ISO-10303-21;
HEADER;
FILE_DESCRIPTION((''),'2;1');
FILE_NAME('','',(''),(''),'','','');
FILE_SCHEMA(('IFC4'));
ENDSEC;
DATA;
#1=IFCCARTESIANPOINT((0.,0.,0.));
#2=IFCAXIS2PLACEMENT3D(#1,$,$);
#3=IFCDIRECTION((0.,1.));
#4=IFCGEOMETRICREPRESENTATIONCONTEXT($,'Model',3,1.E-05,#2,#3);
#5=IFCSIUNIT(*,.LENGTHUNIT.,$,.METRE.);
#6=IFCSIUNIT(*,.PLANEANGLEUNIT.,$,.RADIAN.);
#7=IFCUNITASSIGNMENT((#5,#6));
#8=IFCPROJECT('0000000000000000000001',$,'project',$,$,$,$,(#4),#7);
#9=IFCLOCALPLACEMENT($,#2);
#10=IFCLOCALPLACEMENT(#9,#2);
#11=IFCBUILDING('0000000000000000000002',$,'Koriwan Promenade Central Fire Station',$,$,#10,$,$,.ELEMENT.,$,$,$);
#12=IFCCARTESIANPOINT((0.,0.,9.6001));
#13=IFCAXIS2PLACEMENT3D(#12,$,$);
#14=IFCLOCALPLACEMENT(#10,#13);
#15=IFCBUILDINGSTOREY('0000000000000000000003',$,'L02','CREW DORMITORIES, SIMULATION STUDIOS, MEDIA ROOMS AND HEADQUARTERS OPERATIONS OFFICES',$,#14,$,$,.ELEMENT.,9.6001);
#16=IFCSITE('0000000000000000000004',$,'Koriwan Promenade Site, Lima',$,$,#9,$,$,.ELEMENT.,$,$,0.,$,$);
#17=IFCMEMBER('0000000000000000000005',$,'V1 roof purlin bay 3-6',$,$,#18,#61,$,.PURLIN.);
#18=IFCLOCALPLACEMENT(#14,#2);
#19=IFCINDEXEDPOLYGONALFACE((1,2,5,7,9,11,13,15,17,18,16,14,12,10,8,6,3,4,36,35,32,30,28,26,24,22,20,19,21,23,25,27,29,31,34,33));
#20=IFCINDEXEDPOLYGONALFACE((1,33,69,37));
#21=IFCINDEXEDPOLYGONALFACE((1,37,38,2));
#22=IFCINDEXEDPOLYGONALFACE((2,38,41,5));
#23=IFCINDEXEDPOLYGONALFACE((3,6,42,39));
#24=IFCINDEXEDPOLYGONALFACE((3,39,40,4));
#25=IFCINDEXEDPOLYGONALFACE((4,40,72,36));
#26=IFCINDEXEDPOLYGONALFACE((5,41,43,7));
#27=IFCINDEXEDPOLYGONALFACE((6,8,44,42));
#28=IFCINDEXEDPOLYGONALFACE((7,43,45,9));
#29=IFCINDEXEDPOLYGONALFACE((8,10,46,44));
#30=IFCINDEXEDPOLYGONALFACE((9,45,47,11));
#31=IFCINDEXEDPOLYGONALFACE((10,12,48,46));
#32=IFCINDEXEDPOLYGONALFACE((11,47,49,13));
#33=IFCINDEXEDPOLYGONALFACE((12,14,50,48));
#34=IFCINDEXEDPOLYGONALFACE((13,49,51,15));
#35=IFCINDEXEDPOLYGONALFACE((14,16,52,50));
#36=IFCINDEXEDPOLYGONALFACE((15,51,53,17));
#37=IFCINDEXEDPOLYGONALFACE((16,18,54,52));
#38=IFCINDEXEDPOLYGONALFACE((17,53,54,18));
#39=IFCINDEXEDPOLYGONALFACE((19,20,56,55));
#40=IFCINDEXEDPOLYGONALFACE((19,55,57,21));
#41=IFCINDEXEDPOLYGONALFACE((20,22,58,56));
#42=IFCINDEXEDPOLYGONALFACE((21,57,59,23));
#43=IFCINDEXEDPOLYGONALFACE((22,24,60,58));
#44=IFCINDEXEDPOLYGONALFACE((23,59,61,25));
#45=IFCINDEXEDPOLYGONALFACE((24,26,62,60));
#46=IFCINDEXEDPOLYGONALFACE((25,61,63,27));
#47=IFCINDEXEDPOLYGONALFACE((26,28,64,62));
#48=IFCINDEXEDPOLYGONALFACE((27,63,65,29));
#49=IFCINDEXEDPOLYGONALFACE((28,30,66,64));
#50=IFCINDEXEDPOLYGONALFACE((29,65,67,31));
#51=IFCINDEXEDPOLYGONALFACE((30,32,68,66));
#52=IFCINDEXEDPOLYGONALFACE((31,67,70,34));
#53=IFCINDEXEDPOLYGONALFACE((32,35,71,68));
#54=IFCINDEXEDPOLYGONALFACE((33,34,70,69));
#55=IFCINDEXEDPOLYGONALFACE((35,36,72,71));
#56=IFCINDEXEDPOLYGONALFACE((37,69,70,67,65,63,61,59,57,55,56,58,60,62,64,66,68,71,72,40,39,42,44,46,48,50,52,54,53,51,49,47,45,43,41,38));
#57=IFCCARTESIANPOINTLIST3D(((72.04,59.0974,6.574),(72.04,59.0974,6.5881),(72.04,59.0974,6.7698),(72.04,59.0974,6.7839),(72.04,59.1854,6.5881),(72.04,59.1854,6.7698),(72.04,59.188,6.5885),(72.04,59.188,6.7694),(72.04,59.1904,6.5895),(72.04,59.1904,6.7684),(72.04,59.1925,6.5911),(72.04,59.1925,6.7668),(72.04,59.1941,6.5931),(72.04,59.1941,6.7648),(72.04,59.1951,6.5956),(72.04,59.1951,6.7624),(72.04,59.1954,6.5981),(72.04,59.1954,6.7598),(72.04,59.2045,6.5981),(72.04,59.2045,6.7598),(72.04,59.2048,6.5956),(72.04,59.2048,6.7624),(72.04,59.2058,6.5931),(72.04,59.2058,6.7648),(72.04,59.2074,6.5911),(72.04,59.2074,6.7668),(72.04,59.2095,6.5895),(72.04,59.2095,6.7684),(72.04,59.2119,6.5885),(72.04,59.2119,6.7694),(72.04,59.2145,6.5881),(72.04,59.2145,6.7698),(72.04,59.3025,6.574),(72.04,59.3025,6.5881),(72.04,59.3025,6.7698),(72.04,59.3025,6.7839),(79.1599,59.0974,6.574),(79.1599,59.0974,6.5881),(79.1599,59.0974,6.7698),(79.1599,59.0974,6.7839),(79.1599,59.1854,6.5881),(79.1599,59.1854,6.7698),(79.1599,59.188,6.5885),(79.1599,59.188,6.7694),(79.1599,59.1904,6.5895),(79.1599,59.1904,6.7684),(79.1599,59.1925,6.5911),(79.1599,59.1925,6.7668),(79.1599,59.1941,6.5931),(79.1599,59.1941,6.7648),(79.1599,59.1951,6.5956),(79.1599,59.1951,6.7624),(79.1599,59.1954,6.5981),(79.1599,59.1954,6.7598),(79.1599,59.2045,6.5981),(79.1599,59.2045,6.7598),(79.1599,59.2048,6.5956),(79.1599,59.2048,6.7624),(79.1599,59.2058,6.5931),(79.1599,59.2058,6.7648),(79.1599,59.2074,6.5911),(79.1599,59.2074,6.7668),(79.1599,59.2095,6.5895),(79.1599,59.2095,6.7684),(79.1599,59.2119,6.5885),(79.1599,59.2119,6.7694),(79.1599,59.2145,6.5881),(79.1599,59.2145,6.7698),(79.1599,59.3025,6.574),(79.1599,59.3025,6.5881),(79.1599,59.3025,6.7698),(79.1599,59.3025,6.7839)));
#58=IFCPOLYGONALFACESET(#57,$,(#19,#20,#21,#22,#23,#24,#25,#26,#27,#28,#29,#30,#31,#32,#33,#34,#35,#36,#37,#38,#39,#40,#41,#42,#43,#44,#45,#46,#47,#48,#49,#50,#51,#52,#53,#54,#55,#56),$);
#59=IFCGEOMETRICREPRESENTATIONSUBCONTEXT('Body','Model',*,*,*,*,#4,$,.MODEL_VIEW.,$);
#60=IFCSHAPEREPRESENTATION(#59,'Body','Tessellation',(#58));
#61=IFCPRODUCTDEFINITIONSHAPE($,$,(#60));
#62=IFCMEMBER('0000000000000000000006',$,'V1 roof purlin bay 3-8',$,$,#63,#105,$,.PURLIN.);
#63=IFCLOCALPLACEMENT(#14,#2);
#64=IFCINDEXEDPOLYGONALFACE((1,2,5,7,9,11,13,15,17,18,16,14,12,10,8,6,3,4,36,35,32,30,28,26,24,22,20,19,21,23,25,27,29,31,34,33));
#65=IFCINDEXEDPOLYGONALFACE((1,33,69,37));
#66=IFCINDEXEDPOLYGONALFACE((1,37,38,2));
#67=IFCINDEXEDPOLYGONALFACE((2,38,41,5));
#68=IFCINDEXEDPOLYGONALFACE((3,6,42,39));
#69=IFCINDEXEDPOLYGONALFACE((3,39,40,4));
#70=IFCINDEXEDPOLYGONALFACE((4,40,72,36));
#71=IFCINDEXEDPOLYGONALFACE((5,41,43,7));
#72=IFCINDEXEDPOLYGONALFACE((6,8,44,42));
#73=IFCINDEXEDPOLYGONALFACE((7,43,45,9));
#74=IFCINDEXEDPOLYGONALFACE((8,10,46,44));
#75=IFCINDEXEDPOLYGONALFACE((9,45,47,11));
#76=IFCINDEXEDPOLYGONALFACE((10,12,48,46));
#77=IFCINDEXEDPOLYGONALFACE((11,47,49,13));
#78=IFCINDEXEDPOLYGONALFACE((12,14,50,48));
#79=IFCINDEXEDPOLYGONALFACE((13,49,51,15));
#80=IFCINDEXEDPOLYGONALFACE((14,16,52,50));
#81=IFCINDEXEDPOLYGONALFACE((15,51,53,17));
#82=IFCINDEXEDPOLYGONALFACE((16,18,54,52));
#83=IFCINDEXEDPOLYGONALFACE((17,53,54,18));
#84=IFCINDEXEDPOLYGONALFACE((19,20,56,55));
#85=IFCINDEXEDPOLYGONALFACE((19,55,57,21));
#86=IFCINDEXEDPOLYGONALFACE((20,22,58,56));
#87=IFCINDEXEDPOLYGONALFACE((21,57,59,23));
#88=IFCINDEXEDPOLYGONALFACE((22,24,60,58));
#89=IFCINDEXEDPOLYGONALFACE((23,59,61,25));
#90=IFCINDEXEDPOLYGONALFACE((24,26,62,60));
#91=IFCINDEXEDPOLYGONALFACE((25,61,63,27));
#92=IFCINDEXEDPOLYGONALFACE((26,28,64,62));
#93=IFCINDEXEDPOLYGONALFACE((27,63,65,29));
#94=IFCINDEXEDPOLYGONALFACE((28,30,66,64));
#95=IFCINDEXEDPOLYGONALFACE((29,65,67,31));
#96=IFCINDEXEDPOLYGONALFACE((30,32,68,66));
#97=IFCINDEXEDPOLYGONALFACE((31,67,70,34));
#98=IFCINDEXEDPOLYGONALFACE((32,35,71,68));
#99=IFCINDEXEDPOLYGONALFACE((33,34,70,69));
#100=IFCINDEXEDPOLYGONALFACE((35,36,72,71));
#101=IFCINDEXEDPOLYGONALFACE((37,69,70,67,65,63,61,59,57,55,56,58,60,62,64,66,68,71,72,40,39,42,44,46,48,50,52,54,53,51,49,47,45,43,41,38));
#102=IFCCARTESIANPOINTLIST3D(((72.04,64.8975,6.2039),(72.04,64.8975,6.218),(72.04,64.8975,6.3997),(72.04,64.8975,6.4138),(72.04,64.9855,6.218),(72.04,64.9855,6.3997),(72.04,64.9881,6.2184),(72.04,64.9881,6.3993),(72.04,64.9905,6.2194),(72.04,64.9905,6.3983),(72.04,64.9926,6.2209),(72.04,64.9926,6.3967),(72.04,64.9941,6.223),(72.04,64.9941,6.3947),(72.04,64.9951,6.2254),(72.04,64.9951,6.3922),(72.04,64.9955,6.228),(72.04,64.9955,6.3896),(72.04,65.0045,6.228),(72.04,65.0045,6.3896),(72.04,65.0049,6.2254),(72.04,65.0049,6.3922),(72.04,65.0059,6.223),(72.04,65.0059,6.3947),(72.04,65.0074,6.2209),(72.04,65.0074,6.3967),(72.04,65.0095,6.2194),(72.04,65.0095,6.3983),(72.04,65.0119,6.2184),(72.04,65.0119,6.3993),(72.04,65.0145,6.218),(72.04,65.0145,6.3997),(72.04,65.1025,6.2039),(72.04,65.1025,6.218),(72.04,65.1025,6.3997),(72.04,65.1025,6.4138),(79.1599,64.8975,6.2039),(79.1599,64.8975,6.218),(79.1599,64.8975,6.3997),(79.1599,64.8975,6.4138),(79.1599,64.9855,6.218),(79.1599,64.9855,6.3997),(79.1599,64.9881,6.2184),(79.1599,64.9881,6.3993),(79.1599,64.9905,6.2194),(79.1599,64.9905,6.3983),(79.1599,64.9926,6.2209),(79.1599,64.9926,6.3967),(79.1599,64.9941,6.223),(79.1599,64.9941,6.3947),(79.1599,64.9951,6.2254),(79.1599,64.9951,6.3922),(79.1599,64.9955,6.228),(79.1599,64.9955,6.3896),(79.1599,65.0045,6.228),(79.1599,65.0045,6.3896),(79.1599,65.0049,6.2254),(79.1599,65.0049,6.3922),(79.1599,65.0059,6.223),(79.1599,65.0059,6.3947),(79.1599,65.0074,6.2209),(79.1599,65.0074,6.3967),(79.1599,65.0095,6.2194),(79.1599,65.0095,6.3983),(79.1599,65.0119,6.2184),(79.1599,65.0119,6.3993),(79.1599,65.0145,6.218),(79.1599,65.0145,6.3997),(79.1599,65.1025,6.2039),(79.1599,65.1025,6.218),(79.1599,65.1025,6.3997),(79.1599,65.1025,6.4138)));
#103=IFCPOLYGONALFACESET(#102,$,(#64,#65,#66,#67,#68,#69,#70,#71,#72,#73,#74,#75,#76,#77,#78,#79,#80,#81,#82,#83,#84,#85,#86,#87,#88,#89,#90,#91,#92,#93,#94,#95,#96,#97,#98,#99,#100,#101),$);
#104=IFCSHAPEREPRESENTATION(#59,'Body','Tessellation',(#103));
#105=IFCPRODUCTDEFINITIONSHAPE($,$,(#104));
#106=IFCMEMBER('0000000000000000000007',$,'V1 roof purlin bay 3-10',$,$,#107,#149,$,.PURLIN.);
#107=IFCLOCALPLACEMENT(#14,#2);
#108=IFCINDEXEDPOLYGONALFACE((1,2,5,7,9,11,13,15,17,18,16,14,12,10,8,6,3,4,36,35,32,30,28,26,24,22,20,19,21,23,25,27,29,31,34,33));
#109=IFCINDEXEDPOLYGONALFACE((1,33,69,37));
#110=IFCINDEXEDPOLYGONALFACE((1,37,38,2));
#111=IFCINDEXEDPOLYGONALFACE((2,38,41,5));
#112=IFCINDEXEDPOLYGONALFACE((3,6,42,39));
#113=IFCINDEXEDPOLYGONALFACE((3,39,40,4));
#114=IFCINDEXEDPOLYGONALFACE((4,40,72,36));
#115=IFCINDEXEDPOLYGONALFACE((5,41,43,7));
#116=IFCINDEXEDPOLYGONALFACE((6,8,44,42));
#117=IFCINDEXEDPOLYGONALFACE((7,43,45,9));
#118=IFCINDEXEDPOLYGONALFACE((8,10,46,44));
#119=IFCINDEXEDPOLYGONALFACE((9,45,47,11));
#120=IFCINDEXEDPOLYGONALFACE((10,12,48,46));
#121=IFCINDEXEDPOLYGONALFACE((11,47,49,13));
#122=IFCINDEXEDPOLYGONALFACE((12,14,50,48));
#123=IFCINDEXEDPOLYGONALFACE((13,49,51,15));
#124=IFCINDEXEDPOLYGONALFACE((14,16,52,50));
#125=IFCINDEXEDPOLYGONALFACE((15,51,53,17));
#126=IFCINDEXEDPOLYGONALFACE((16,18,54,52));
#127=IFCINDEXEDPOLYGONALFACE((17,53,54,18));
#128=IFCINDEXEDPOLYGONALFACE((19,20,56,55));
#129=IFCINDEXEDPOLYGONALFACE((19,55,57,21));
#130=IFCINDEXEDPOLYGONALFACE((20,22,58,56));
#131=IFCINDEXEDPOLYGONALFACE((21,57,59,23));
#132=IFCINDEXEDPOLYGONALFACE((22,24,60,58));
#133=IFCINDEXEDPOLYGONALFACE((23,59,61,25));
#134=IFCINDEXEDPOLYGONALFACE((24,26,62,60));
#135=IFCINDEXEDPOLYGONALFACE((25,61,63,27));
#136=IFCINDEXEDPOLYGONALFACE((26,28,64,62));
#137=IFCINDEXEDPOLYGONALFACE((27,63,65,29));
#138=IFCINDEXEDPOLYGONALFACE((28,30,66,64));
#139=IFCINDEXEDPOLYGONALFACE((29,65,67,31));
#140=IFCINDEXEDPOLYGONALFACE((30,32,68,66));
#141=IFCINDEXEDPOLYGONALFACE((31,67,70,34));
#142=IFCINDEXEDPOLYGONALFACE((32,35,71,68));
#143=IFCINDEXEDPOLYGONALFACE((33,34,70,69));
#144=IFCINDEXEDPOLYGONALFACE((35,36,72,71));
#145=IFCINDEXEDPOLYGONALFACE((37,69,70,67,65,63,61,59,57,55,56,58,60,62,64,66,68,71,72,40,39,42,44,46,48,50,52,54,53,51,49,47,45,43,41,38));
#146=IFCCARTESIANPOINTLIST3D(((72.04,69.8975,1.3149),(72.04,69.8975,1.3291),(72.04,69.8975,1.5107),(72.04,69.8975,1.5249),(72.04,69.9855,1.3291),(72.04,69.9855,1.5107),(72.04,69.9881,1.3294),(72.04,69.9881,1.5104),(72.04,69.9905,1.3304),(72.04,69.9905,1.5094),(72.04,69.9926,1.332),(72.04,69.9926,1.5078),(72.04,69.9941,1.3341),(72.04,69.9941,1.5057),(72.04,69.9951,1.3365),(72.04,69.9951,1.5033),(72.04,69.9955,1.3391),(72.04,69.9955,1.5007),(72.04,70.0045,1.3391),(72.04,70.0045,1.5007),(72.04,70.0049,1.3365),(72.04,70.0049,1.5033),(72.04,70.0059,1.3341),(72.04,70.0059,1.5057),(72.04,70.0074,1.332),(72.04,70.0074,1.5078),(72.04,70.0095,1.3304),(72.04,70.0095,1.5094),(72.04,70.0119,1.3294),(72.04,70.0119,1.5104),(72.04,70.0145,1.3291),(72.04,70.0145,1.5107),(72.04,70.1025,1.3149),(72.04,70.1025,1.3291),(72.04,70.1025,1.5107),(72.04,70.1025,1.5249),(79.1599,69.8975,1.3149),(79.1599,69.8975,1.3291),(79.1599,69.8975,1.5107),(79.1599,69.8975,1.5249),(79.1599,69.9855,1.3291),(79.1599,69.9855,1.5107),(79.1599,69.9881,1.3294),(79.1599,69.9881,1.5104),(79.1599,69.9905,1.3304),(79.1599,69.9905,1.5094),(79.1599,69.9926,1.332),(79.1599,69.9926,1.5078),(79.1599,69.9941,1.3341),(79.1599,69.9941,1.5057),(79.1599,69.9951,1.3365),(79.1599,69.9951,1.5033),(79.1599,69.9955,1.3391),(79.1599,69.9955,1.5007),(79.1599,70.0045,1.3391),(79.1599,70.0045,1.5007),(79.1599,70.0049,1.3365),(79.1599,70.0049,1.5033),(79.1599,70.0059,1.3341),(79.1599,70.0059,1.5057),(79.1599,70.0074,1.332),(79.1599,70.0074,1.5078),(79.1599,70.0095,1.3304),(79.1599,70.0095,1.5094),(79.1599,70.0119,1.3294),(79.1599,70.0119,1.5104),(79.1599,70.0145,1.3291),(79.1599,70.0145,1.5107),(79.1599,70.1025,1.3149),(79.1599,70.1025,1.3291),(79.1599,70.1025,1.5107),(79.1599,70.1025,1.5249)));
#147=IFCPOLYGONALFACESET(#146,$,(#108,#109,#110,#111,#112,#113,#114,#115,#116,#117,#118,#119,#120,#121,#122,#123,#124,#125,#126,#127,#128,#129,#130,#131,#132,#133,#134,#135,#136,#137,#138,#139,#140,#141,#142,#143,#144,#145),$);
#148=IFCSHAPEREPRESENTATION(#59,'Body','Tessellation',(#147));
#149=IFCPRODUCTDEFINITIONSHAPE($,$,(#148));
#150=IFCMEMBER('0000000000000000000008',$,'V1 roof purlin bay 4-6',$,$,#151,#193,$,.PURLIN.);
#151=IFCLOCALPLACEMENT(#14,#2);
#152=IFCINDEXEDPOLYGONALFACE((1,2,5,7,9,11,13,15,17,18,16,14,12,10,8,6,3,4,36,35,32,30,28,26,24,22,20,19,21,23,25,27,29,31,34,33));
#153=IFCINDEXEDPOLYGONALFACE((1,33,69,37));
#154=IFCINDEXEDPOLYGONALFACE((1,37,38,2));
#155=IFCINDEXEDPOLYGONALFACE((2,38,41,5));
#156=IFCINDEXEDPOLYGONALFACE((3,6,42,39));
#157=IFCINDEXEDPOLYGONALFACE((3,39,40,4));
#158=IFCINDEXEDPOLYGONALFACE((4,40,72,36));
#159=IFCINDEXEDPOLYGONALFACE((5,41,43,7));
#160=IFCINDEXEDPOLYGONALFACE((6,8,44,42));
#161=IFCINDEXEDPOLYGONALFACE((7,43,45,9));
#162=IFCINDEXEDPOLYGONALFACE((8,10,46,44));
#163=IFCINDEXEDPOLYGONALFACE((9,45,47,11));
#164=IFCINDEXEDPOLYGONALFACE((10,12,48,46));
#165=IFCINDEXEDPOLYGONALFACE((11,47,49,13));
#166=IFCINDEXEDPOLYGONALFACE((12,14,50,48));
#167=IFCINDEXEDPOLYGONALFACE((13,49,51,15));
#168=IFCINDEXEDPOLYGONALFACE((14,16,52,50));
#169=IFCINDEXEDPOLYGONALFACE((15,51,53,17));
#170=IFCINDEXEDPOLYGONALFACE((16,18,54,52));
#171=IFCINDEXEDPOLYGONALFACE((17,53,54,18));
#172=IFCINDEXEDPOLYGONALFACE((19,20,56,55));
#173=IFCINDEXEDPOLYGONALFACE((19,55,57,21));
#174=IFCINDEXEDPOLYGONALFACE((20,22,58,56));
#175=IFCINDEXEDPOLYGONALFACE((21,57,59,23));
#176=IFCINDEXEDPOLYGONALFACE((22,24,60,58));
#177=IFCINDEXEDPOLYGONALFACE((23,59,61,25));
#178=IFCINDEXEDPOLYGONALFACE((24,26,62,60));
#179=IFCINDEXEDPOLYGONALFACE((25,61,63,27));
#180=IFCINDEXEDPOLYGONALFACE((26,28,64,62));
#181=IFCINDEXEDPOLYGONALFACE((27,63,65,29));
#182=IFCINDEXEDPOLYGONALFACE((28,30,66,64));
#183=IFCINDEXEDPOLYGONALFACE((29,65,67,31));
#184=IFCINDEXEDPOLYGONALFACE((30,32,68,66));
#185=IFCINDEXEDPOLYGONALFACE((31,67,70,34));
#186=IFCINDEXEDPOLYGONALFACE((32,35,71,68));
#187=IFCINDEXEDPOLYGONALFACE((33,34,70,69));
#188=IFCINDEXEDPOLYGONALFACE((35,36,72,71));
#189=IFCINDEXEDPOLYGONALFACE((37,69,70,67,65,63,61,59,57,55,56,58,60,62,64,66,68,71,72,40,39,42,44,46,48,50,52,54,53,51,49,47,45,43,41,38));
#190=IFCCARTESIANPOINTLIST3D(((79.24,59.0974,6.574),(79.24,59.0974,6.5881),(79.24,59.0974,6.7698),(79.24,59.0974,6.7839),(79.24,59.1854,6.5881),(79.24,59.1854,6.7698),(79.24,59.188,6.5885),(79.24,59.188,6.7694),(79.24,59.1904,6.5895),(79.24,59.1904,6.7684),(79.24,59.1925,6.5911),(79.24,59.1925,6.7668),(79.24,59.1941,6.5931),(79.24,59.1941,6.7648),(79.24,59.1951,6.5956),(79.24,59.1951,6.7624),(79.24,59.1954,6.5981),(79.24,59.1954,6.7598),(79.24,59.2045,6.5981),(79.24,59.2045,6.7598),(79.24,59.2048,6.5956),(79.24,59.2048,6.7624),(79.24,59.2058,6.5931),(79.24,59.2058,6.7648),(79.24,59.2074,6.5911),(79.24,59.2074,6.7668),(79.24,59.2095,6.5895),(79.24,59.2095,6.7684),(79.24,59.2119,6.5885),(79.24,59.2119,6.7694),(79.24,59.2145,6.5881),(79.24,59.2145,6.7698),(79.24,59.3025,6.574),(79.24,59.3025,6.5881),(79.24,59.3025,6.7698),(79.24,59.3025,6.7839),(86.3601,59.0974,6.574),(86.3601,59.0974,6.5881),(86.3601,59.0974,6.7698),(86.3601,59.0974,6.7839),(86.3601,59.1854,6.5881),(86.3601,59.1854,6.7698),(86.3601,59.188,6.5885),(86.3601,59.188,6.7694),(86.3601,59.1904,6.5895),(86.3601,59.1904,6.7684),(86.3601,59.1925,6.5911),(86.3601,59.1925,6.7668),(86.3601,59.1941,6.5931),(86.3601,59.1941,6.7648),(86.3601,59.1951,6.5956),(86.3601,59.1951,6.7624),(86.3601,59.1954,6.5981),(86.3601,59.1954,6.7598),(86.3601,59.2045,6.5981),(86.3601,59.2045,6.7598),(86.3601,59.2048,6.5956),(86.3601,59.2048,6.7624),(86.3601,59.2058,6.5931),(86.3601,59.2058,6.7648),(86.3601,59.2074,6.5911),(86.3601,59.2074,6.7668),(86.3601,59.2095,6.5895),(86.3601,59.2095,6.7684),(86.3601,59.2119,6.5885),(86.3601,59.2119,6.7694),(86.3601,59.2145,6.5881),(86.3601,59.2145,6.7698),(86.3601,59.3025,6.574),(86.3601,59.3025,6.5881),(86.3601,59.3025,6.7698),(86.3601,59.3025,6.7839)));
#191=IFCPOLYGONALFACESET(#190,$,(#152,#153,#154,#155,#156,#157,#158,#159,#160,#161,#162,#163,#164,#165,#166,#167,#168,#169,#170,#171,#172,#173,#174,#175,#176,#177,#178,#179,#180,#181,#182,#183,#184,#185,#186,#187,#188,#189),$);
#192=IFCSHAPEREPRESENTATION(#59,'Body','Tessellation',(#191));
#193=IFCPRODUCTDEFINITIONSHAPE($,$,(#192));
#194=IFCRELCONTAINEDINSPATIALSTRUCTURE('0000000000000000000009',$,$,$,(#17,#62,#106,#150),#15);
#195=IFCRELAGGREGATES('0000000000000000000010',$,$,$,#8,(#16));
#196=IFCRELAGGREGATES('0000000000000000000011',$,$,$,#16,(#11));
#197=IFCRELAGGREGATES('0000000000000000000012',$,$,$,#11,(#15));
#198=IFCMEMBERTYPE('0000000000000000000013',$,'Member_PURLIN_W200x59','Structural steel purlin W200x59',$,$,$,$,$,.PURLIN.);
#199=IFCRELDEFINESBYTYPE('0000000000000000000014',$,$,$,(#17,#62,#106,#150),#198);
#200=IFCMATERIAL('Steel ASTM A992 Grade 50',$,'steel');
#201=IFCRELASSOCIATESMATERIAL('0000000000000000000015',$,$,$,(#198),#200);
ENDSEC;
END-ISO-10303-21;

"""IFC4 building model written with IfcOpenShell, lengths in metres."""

from ifc_helpers import new_model, si_unit, direction, frame, origin, origin_2d, place, context, subcontext, project, spatial, i_section, extrude, material, material_profile, profile_set, type_object, element, save


model = new_model("IFC4")

# Units and contexts
model_context = context("Model", 3, precision=1e-05, world=origin(), true_north=direction((0.0, 1.0)))
body_context = subcontext(model_context, "Body", "Model", "MODEL_VIEW")
ifc_project = project(units=[si_unit("LENGTHUNIT", "METRE"), si_unit("PLANEANGLEUNIT", "RADIAN")], contexts=[model_context])

# Site, building, storey
site_placement = place(None, origin())
site = spatial("IfcSite", under=ifc_project, at=site_placement, Name="Koriwan Promenade Site, Lima", CompositionType="ELEMENT", RefElevation=0.0)
building_placement = place(site_placement, origin())
building = spatial("IfcBuilding", under=site, at=building_placement, Name="Koriwan Promenade Central Fire Station", CompositionType="ELEMENT")
storey_placement = place(building_placement, frame((0.0, 0.0, 9.6001)))
storey = spatial("IfcBuildingStorey", under=building, at=storey_placement, Name="L02", Description="CREW DORMITORIES, SIMULATION STUDIOS, MEDIA ROOMS AND HEADQUARTERS OPERATIONS OFFICES", CompositionType="ELEMENT", Elevation=9.6001)

# Members
ifc_material_1 = material(Name="Steel ASTM A992 Grade 50", Category="steel")
ifc_material_profile_1 = material_profile(ifc_material_1, i_section(OverallWidth=0.2051, OverallDepth=0.21, WebThickness=0.009, FlangeThickness=0.0142, FilletRadius=0.01, at=origin_2d()), Name="W200x59")
ifc_profile_set_1 = profile_set([ifc_material_profile_1], Name="Steel ASTM A992 Grade 50")
member_type_1 = type_object("IfcMemberType", Name="Member_PURLIN_W200x59", Description="Structural steel purlin W200x59", PredefinedType="PURLIN", material=ifc_profile_set_1)
for number, where, z_axis, x_axis, name in (
    (1, (72.04, 59.2, 6.679), (1.0, 0.0, 0.0), (0.0, 1.0, 0.0), "V1 roof purlin bay 3-6"),
    (2, (72.04, 65.0, 6.3088), (1.0, 0.0, 0.0), (0.0, 1.0, 0.0), "V1 roof purlin bay 3-8"),
    (3, (72.04, 70.0, 1.4199), (1.0, 0.0, 0.0), (0.0, 1.0, 0.0), "V1 roof purlin bay 3-10"),
):
    element("IfcMember", number, at=place(storey_placement, frame(where, z_axis=z_axis, x_axis=x_axis)), inside=storey, type_object=member_type_1, Name=name, PredefinedType="PURLIN", context=body_context, shape_type="SweptSolid", body=[
        extrude(i_section(OverallWidth=0.2051, OverallDepth=0.21, WebThickness=0.009, FlangeThickness=0.0142, FilletRadius=0.01, at=origin_2d()), origin(), (0.0, 0.0, 1.0), 7.1199),
    ])
for number, where, z_axis, x_axis, name in (
    (4, (79.24, 59.2, 6.679), (1.0, 0.0, 0.0), (0.0, 1.0, 0.0), "V1 roof purlin bay 4-6"),
):
    element("IfcMember", number, at=place(storey_placement, frame(where, z_axis=z_axis, x_axis=x_axis)), inside=storey, type_object=member_type_1, Name=name, PredefinedType="PURLIN", context=body_context, shape_type="SweptSolid", body=[
        extrude(i_section(OverallWidth=0.2051, OverallDepth=0.21, WebThickness=0.009, FlangeThickness=0.0142, FilletRadius=0.01, at=origin_2d()), origin(), (0.0, 0.0, 1.0), 7.1201),
    ])

save(model, "model.ifc")
